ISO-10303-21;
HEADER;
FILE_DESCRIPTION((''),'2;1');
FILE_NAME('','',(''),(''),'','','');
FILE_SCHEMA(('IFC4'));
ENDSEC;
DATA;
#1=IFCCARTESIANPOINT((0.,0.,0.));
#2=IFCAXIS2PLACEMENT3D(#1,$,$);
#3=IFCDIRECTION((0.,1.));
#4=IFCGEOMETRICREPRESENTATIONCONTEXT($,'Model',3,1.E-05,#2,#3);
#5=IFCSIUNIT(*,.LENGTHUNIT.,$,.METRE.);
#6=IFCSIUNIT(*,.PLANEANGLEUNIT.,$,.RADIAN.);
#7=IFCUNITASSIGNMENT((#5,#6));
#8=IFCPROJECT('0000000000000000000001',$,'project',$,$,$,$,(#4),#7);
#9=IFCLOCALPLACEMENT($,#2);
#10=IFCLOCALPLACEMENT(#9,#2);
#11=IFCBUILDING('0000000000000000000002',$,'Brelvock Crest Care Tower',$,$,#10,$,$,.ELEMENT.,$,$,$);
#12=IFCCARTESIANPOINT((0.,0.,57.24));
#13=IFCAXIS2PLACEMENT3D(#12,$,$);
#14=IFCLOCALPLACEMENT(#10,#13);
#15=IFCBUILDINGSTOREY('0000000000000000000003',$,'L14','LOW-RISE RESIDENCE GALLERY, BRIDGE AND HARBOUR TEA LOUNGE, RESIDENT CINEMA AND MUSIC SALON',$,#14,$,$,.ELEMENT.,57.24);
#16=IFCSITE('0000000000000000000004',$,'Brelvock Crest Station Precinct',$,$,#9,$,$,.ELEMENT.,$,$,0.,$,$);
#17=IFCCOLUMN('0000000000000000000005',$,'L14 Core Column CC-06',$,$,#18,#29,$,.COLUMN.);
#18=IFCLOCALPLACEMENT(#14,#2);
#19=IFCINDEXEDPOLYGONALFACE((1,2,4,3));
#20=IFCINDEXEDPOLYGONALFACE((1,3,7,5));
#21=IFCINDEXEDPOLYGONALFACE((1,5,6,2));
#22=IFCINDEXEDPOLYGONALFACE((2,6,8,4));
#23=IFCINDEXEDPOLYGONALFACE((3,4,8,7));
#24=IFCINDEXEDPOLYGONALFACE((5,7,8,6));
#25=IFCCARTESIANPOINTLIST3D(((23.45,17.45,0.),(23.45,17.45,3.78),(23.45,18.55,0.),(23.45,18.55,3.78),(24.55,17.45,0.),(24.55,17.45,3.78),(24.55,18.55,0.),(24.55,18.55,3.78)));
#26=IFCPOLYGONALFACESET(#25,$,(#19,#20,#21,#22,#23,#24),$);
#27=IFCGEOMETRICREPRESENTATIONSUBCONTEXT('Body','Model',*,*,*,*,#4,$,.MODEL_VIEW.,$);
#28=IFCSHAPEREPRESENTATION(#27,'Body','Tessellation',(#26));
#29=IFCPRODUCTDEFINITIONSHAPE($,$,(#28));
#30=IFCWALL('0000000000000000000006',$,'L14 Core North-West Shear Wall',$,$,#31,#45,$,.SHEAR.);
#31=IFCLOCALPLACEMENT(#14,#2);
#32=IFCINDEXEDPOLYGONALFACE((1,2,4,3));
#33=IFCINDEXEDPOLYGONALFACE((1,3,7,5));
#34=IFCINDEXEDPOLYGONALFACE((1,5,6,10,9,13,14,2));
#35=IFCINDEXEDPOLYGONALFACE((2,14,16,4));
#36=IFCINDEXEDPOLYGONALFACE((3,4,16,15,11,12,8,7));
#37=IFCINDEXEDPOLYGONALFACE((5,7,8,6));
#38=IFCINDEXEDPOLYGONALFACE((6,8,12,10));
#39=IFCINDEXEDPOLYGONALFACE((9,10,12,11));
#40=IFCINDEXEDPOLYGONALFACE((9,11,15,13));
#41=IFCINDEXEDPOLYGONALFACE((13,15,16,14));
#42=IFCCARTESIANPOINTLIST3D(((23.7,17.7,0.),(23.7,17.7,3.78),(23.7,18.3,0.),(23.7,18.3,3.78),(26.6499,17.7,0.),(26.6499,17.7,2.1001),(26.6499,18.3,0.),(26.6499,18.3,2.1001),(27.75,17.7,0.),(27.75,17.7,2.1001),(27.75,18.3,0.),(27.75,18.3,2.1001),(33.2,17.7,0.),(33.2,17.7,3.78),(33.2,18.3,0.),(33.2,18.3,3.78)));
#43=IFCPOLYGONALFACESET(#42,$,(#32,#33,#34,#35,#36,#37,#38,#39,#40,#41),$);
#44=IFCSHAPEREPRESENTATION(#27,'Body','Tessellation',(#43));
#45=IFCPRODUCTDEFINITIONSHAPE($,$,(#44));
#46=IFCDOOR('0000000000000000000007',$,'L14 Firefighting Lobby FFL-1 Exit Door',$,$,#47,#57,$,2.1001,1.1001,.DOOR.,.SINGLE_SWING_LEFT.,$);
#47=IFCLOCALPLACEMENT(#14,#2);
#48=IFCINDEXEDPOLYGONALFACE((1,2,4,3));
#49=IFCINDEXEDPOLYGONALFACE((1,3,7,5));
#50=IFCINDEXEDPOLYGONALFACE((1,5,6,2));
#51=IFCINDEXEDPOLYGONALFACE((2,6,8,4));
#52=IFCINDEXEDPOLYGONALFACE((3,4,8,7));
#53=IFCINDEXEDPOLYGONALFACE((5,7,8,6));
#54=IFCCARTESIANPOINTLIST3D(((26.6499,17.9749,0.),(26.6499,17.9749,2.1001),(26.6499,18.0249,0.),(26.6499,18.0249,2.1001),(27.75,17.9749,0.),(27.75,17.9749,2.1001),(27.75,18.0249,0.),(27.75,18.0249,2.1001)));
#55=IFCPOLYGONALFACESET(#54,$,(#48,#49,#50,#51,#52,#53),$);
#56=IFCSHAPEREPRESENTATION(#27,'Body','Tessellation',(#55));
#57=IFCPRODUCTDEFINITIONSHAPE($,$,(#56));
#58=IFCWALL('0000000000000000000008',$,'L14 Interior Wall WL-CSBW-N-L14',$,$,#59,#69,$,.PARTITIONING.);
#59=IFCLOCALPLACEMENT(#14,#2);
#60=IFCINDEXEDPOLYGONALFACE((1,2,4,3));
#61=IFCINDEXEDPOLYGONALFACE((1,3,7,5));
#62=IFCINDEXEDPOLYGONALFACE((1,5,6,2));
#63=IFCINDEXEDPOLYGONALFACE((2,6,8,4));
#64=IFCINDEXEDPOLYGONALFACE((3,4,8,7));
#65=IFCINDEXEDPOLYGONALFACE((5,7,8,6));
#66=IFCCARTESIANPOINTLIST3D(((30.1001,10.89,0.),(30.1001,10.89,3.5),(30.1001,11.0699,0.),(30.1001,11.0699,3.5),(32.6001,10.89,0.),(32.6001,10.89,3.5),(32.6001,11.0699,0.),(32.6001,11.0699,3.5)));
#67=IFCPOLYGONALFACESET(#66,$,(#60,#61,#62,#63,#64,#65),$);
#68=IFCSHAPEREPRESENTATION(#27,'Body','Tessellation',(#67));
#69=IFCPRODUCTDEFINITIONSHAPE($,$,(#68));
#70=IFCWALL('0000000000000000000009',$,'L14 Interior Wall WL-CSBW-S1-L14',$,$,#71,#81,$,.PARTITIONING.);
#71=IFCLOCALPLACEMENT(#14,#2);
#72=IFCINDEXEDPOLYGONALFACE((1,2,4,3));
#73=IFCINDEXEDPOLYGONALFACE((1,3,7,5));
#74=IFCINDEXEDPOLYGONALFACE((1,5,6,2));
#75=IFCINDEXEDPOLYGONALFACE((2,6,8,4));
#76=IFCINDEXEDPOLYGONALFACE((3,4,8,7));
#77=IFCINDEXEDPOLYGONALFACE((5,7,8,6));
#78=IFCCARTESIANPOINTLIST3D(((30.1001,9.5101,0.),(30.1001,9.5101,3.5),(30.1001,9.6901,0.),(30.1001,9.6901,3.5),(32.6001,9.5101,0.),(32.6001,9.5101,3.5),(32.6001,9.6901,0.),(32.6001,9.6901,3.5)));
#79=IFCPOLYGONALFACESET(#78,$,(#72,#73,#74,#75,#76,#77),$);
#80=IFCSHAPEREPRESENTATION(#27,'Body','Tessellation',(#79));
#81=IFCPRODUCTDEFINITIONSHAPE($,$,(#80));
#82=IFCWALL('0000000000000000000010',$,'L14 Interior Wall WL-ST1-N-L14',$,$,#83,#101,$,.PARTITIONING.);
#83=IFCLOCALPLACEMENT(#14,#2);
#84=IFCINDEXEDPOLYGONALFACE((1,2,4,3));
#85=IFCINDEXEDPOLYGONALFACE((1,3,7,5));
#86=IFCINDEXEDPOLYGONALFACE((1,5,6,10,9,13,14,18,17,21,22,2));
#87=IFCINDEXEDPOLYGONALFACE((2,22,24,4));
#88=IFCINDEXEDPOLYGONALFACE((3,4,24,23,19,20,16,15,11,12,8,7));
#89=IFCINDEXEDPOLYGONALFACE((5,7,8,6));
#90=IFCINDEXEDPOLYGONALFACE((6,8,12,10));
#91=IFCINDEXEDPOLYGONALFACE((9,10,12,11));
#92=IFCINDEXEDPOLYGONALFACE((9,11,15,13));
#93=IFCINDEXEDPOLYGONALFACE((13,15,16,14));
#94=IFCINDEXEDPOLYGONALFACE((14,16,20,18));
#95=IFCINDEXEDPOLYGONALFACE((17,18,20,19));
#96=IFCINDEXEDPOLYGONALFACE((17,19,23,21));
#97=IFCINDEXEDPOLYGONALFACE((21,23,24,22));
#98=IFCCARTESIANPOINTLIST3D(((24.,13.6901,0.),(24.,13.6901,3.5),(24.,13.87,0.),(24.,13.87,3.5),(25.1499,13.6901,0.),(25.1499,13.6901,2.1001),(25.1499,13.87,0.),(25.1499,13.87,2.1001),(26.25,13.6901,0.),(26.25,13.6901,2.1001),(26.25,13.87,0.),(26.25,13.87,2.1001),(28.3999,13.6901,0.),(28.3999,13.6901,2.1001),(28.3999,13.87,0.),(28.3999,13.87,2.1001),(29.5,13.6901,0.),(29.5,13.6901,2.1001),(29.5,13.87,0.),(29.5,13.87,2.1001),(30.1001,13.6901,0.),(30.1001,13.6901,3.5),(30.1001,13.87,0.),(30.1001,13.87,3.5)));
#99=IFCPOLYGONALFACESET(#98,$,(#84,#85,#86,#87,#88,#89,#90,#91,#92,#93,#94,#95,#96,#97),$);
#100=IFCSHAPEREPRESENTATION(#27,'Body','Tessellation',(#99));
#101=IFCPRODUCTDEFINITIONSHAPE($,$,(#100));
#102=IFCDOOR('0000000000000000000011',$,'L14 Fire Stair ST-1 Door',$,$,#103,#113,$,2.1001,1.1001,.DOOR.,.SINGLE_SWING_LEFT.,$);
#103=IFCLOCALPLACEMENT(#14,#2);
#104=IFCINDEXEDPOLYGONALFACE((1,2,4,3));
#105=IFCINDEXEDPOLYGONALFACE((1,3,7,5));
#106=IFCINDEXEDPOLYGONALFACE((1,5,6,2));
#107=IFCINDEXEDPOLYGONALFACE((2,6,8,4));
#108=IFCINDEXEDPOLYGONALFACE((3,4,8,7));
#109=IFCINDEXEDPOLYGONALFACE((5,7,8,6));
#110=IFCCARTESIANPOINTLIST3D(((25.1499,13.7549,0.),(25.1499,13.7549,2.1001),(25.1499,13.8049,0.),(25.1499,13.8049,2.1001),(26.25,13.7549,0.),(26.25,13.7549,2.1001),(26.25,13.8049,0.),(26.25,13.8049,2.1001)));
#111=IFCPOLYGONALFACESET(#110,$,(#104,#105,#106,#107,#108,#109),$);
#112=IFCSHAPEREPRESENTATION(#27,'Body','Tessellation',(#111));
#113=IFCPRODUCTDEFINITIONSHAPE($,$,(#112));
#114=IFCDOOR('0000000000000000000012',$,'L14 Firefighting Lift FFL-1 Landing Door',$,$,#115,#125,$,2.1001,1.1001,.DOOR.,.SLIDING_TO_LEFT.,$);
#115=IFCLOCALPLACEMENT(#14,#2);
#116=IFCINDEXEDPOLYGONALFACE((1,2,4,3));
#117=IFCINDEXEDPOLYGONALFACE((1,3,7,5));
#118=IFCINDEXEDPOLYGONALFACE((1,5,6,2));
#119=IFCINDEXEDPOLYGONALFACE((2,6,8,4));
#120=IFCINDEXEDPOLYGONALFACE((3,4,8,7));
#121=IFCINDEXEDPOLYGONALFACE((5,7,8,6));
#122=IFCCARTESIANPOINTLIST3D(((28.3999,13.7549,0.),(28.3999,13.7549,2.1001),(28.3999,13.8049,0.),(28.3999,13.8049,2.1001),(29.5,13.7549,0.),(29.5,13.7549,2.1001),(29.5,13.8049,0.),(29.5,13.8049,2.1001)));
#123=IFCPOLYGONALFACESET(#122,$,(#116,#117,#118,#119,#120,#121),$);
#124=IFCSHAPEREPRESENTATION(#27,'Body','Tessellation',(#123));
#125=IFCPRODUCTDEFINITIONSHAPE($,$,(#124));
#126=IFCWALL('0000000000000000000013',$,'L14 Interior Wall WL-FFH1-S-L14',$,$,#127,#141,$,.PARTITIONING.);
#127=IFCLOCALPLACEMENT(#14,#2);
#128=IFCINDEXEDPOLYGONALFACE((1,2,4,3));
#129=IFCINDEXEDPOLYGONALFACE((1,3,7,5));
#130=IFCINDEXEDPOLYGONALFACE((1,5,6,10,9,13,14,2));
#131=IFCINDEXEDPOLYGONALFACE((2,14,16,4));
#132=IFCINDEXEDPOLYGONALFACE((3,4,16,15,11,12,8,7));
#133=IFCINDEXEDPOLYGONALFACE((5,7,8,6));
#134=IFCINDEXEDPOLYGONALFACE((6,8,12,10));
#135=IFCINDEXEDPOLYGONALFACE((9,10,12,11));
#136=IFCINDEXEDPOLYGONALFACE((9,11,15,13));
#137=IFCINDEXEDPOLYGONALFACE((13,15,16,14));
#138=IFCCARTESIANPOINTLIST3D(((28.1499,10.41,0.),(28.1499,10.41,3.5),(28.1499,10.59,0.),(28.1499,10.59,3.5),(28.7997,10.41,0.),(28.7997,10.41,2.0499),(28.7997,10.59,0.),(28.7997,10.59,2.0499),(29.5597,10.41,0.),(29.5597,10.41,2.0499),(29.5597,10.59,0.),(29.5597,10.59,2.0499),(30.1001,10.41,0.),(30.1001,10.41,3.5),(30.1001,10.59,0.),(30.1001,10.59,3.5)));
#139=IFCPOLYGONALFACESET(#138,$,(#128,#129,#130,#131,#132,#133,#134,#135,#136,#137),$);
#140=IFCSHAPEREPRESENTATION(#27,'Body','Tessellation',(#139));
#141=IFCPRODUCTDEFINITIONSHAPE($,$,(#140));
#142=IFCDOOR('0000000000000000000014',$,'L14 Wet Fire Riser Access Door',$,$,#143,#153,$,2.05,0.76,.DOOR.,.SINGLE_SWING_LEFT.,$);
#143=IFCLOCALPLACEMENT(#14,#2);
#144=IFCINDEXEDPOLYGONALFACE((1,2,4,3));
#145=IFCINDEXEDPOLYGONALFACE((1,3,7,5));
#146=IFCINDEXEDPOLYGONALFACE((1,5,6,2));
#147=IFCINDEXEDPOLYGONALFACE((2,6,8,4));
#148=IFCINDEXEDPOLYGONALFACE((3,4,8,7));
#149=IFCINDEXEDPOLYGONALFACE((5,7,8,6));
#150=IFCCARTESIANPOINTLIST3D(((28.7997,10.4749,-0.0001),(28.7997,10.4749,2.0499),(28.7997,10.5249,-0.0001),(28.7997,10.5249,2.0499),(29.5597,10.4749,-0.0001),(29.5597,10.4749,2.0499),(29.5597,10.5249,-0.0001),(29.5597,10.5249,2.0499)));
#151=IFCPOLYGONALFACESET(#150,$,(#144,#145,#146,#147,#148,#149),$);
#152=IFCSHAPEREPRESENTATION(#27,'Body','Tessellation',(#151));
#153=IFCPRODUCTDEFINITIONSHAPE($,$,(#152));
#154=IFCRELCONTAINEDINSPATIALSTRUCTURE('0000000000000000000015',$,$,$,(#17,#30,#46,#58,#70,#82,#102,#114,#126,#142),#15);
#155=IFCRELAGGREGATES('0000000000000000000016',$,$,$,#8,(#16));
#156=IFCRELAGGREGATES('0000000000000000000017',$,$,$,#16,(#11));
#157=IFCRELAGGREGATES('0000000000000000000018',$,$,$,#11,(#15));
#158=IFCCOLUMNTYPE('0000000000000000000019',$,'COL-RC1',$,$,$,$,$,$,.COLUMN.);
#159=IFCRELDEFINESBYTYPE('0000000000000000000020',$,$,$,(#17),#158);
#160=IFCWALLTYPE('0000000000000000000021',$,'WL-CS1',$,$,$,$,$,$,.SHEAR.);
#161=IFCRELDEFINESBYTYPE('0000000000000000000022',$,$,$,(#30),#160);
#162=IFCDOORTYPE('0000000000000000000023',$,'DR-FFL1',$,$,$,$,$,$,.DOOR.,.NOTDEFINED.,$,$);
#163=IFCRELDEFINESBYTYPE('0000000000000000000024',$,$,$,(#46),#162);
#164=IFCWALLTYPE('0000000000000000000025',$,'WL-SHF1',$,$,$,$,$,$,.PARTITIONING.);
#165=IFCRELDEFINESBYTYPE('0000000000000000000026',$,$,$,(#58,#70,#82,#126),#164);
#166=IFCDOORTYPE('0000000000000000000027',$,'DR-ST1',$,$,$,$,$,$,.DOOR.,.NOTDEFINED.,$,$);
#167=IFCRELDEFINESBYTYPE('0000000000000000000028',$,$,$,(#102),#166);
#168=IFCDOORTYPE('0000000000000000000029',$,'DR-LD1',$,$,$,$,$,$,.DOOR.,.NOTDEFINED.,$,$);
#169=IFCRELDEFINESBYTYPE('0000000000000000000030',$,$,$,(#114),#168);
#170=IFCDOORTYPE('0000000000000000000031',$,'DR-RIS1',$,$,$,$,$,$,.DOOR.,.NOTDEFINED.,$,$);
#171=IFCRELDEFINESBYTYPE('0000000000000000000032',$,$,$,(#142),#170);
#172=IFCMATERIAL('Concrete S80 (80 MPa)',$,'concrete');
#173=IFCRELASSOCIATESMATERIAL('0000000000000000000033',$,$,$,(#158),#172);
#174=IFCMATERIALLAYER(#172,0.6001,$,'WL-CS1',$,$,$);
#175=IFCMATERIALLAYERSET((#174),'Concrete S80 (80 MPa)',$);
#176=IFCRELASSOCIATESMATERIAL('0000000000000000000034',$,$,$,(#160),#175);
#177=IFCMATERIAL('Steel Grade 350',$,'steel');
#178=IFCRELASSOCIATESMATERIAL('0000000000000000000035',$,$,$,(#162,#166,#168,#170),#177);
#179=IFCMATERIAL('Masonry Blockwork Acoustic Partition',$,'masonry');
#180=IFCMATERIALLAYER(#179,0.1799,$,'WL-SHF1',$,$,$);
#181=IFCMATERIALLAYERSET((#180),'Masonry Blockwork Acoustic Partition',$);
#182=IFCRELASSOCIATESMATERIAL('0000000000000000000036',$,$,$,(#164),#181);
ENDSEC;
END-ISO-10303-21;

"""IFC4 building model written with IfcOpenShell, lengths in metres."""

from ifc_helpers import new_model, si_unit, direction, frame, frame_2d, origin, origin_2d, place, context, subcontext, project, spatial, rectangle, extrude, source, transform, mapped, material, layer, layer_set, material_profile, profile_set, type_object, element, fill, save


model = new_model("IFC4")

# Units and contexts
model_context = context("Model", 3, precision=1e-05, world=origin(), true_north=direction((0.0, 1.0)))
body_context = subcontext(model_context, "Body", "Model", "MODEL_VIEW")
ifc_project = project(units=[si_unit("LENGTHUNIT", "METRE"), si_unit("PLANEANGLEUNIT", "RADIAN")], contexts=[model_context])

# Site, building, storey
site_placement = place(None, origin())
site = spatial("IfcSite", under=ifc_project, at=site_placement, Name="Brelvock Crest Station Precinct", CompositionType="ELEMENT", RefElevation=0.0)
building_placement = place(site_placement, origin())
building = spatial("IfcBuilding", under=site, at=building_placement, Name="Brelvock Crest Care Tower", CompositionType="ELEMENT")
storey_placement = place(building_placement, frame((0.0, 0.0, 57.24)))
storey = spatial("IfcBuildingStorey", under=building, at=storey_placement, Name="L14", Description="LOW-RISE RESIDENCE GALLERY, BRIDGE AND HARBOUR TEA LOUNGE, RESIDENT CINEMA AND MUSIC SALON", CompositionType="ELEMENT", Elevation=57.24)

# Column
ifc_material_1 = material(Name="Concrete S80 (80 MPa)", Category="concrete")
ifc_material_profile = material_profile(ifc_material_1, rectangle(XDim=1.1001, YDim=1.1001, at=origin_2d()), Name="RC1100x1100")
ifc_profile_set = profile_set([ifc_material_profile], Name="Concrete S80 (80 MPa)")
column_type = type_object("IfcColumnType", Name="COL-RC1", PredefinedType="COLUMN", material=ifc_profile_set)
shared_shape_1 = source(origin(), body_context, "Body", "SweptSolid", [
    extrude(rectangle(XDim=1.1001, YDim=1.1001, at=origin_2d()), origin(), (0.0, 0.0, 1.0), 3.78),
])
column_placement = place(storey_placement, frame((24.0, 18.0, 0.0), z_axis=(0.0, 0.0, 1.0), x_axis=(1.0, 0.0, 0.0)))
element("IfcColumn", 1, at=column_placement, inside=storey, type_object=column_type, Name="L14 Core Column CC-06", PredefinedType="COLUMN", context=body_context, shape_type="MappedRepresentation", body=[
    mapped(shared_shape_1, transform((0.0, 0.0, 0.0), x_axis=(1.0, 0.0, 0.0), y_axis=(0.0, 1.0, 0.0), z_axis=(0.0, 0.0, 1.0), scale=1.0)),
])

# Wall, opening, door
ifc_layer_1 = layer(ifc_material_1, 0.6001, Name="WL-CS1")
ifc_layer_set_1 = layer_set([ifc_layer_1], Name="Concrete S80 (80 MPa)")
wall_type_1 = type_object("IfcWallType", Name="WL-CS1", PredefinedType="SHEAR", material=ifc_layer_set_1)
wall_1_placement = place(storey_placement, frame((23.7, 18.0, 0.0), z_axis=(0.0, 0.0, 1.0), x_axis=(1.0, 0.0, 0.0)))
wall_1 = element("IfcWall", 2, at=wall_1_placement, inside=storey, type_object=wall_type_1, Name="L14 Core North-West Shear Wall", PredefinedType="SHEAR", context=body_context, shape_type="SweptSolid", body=[
    extrude(rectangle(XDim=9.5, YDim=0.6001, at=frame_2d((4.75, 0.0))), origin(), (0.0, 0.0, 1.0), 3.78),
])
opening_1_placement = place(wall_1_placement, frame((2.95, 0.0, 0.0)))
opening_1 = element("IfcOpeningElement", 3, at=opening_1_placement, cuts=wall_1, PredefinedType="OPENING", context=body_context, shape_type="SweptSolid", body=[
    extrude(rectangle(XDim=1.1001, YDim=2.1001, at=origin_2d()), frame((0.55, 0.3101, 1.05), z_axis=(0.0, -1.0, 0.0), x_axis=(1.0, 0.0, 0.0)), (0.0, 0.0, 1.0), 0.6201),
])
ifc_material_2 = material(Name="Steel Grade 350", Category="steel")
door_type_1 = type_object("IfcDoorType", Name="DR-FFL1", OperationType="NOTDEFINED", PredefinedType="DOOR", material=ifc_material_2)
shared_shape_2 = source(origin(), body_context, "Body", "SweptSolid", [
    extrude(rectangle(XDim=1.1001, YDim=2.1001, at=origin_2d()), frame((0.55, 0.0249, 1.05), z_axis=(0.0, -1.0, 0.0), x_axis=(1.0, 0.0, 0.0)), (0.0, 0.0, 1.0), 0.05),
])
door_1_placement = place(opening_1_placement, origin())
door_1 = element("IfcDoor", 4, at=door_1_placement, inside=storey, type_object=door_type_1, Name="L14 Firefighting Lobby FFL-1 Exit Door", OperationType="SINGLE_SWING_LEFT", OverallHeight=2.1001, OverallWidth=1.1001, PredefinedType="DOOR", context=body_context, shape_type="MappedRepresentation", body=[
    mapped(shared_shape_2, transform((0.0, 0.0, 0.0), x_axis=(1.0, 0.0, 0.0), y_axis=(0.0, 1.0, 0.0), z_axis=(0.0, 0.0, 1.0), scale=1.0)),
])
fill(opening_1, door_1)

# Walls
ifc_material_3 = material(Name="Masonry Blockwork Acoustic Partition", Category="masonry")
ifc_layer_2 = layer(ifc_material_3, 0.1799, Name="WL-SHF1")
ifc_layer_set_2 = layer_set([ifc_layer_2], Name="Masonry Blockwork Acoustic Partition")
wall_type_2 = type_object("IfcWallType", Name="WL-SHF1", PredefinedType="PARTITIONING", material=ifc_layer_set_2)
for number, where, z_axis, x_axis, name in (
    (5, (30.1001, 10.98, 0.0), (0.0, 0.0, 1.0), (1.0, 0.0, 0.0), "L14 Interior Wall WL-CSBW-N-L14"),
    (6, (30.1001, 9.6001, 0.0), (0.0, 0.0, 1.0), (1.0, 0.0, 0.0), "L14 Interior Wall WL-CSBW-S1-L14"),
):
    element("IfcWall", number, at=place(storey_placement, frame(where, z_axis=z_axis, x_axis=x_axis)), inside=storey, type_object=wall_type_2, Name=name, PredefinedType="PARTITIONING", context=body_context, shape_type="SweptSolid", body=[
        extrude(rectangle(XDim=2.5, YDim=0.1799, at=frame_2d((1.25, 0.0))), origin(), (0.0, 0.0, 1.0), 3.5),
    ])

# Wall, openings, doors
wall_2_placement = place(storey_placement, frame((24.0, 13.78, 0.0), z_axis=(0.0, 0.0, 1.0), x_axis=(1.0, 0.0, 0.0)))
wall_2 = element("IfcWall", 7, at=wall_2_placement, inside=storey, type_object=wall_type_2, Name="L14 Interior Wall WL-ST1-N-L14", PredefinedType="PARTITIONING", context=body_context, shape_type="SweptSolid", body=[
    extrude(rectangle(XDim=6.1001, YDim=0.1799, at=frame_2d((3.05, 0.0))), origin(), (0.0, 0.0, 1.0), 3.5),
])
opening_2_placement = place(wall_2_placement, frame((1.1499, 0.0, 0.0)))
opening_2 = element("IfcOpeningElement", 8, at=opening_2_placement, cuts=wall_2, PredefinedType="OPENING", context=body_context, shape_type="SweptSolid", body=[
    extrude(rectangle(XDim=1.1001, YDim=2.1001, at=origin_2d()), frame((0.55, 0.1001, 1.05), z_axis=(0.0, -1.0, 0.0), x_axis=(1.0, 0.0, 0.0)), (0.0, 0.0, 1.0), 0.2),
])
opening_3_placement = place(wall_2_placement, frame((4.3999, 0.0, 0.0)))
opening_3 = element("IfcOpeningElement", 9, at=opening_3_placement, cuts=wall_2, PredefinedType="OPENING", context=body_context, shape_type="SweptSolid", body=[
    extrude(rectangle(XDim=1.1001, YDim=2.1001, at=origin_2d()), frame((0.55, 0.1001, 1.05), z_axis=(0.0, -1.0, 0.0), x_axis=(1.0, 0.0, 0.0)), (0.0, 0.0, 1.0), 0.2),
])
door_type_2 = type_object("IfcDoorType", Name="DR-ST1", OperationType="NOTDEFINED", PredefinedType="DOOR", material=ifc_material_2)
shared_shape_3 = source(origin(), body_context, "Body", "SweptSolid", [
    extrude(rectangle(XDim=1.1001, YDim=2.1001, at=origin_2d()), frame((0.55, 0.0249, 1.05), z_axis=(0.0, -1.0, 0.0), x_axis=(1.0, 0.0, 0.0)), (0.0, 0.0, 1.0), 0.05),
])
door_2_placement = place(opening_2_placement, origin())
door_2 = element("IfcDoor", 10, at=door_2_placement, inside=storey, type_object=door_type_2, Name="L14 Fire Stair ST-1 Door", OperationType="SINGLE_SWING_LEFT", OverallHeight=2.1001, OverallWidth=1.1001, PredefinedType="DOOR", context=body_context, shape_type="MappedRepresentation", body=[
    mapped(shared_shape_3, transform((0.0, 0.0, 0.0), x_axis=(1.0, 0.0, 0.0), y_axis=(0.0, 1.0, 0.0), z_axis=(0.0, 0.0, 1.0), scale=1.0)),
])
fill(opening_2, door_2)
door_type_3 = type_object("IfcDoorType", Name="DR-LD1", OperationType="NOTDEFINED", PredefinedType="DOOR", material=ifc_material_2)
shared_shape_4 = source(origin(), body_context, "Body", "SweptSolid", [
    extrude(rectangle(XDim=1.1001, YDim=2.1001, at=origin_2d()), frame((0.55, 0.0249, 1.05), z_axis=(0.0, -1.0, 0.0), x_axis=(1.0, 0.0, 0.0)), (0.0, 0.0, 1.0), 0.05),
])
door_3_placement = place(opening_3_placement, origin())
door_3 = element("IfcDoor", 11, at=door_3_placement, inside=storey, type_object=door_type_3, Name="L14 Firefighting Lift FFL-1 Landing Door", OperationType="SLIDING_TO_LEFT", OverallHeight=2.1001, OverallWidth=1.1001, PredefinedType="DOOR", context=body_context, shape_type="MappedRepresentation", body=[
    mapped(shared_shape_4, transform((0.0, 0.0, 0.0), x_axis=(1.0, 0.0, 0.0), y_axis=(0.0, 1.0, 0.0), z_axis=(0.0, 0.0, 1.0), scale=1.0)),
])
fill(opening_3, door_3)

# Wall, opening, door
wall_3_placement = place(storey_placement, frame((28.1499, 10.5, 0.0), z_axis=(0.0, 0.0, 1.0), x_axis=(1.0, 0.0, 0.0)))
wall_3 = element("IfcWall", 12, at=wall_3_placement, inside=storey, type_object=wall_type_2, Name="L14 Interior Wall WL-FFH1-S-L14", PredefinedType="PARTITIONING", context=body_context, shape_type="SweptSolid", body=[
    extrude(rectangle(XDim=1.9502, YDim=0.1799, at=frame_2d((0.9751, 0.0))), origin(), (0.0, 0.0, 1.0), 3.5),
])
opening_4_placement = place(wall_3_placement, frame((0.6499, 0.0, 0.0)))
opening_4 = element("IfcOpeningElement", 13, at=opening_4_placement, cuts=wall_3, PredefinedType="OPENING", context=body_context, shape_type="SweptSolid", body=[
    extrude(rectangle(XDim=0.76, YDim=2.05, at=origin_2d()), frame((0.3799, 0.1001, 1.0249), z_axis=(0.0, -1.0, 0.0), x_axis=(1.0, 0.0, 0.0)), (0.0, 0.0, 1.0), 0.2),
])
door_type_4 = type_object("IfcDoorType", Name="DR-RIS1", OperationType="NOTDEFINED", PredefinedType="DOOR", material=ifc_material_2)
shared_shape_5 = source(origin(), body_context, "Body", "SweptSolid", [
    extrude(rectangle(XDim=0.76, YDim=2.05, at=origin_2d()), frame((0.3799, 0.0249, 1.0249), z_axis=(0.0, -1.0, 0.0), x_axis=(1.0, 0.0, 0.0)), (0.0, 0.0, 1.0), 0.05),
])
door_4_placement = place(opening_4_placement, origin())
door_4 = element("IfcDoor", 14, at=door_4_placement, inside=storey, type_object=door_type_4, Name="L14 Wet Fire Riser Access Door", OperationType="SINGLE_SWING_LEFT", OverallHeight=2.05, OverallWidth=0.76, PredefinedType="DOOR", context=body_context, shape_type="MappedRepresentation", body=[
    mapped(shared_shape_5, transform((0.0, 0.0, 0.0), x_axis=(1.0, 0.0, 0.0), y_axis=(0.0, 1.0, 0.0), z_axis=(0.0, 0.0, 1.0), scale=1.0)),
])
fill(opening_4, door_4)

save(model, "model.ifc")
